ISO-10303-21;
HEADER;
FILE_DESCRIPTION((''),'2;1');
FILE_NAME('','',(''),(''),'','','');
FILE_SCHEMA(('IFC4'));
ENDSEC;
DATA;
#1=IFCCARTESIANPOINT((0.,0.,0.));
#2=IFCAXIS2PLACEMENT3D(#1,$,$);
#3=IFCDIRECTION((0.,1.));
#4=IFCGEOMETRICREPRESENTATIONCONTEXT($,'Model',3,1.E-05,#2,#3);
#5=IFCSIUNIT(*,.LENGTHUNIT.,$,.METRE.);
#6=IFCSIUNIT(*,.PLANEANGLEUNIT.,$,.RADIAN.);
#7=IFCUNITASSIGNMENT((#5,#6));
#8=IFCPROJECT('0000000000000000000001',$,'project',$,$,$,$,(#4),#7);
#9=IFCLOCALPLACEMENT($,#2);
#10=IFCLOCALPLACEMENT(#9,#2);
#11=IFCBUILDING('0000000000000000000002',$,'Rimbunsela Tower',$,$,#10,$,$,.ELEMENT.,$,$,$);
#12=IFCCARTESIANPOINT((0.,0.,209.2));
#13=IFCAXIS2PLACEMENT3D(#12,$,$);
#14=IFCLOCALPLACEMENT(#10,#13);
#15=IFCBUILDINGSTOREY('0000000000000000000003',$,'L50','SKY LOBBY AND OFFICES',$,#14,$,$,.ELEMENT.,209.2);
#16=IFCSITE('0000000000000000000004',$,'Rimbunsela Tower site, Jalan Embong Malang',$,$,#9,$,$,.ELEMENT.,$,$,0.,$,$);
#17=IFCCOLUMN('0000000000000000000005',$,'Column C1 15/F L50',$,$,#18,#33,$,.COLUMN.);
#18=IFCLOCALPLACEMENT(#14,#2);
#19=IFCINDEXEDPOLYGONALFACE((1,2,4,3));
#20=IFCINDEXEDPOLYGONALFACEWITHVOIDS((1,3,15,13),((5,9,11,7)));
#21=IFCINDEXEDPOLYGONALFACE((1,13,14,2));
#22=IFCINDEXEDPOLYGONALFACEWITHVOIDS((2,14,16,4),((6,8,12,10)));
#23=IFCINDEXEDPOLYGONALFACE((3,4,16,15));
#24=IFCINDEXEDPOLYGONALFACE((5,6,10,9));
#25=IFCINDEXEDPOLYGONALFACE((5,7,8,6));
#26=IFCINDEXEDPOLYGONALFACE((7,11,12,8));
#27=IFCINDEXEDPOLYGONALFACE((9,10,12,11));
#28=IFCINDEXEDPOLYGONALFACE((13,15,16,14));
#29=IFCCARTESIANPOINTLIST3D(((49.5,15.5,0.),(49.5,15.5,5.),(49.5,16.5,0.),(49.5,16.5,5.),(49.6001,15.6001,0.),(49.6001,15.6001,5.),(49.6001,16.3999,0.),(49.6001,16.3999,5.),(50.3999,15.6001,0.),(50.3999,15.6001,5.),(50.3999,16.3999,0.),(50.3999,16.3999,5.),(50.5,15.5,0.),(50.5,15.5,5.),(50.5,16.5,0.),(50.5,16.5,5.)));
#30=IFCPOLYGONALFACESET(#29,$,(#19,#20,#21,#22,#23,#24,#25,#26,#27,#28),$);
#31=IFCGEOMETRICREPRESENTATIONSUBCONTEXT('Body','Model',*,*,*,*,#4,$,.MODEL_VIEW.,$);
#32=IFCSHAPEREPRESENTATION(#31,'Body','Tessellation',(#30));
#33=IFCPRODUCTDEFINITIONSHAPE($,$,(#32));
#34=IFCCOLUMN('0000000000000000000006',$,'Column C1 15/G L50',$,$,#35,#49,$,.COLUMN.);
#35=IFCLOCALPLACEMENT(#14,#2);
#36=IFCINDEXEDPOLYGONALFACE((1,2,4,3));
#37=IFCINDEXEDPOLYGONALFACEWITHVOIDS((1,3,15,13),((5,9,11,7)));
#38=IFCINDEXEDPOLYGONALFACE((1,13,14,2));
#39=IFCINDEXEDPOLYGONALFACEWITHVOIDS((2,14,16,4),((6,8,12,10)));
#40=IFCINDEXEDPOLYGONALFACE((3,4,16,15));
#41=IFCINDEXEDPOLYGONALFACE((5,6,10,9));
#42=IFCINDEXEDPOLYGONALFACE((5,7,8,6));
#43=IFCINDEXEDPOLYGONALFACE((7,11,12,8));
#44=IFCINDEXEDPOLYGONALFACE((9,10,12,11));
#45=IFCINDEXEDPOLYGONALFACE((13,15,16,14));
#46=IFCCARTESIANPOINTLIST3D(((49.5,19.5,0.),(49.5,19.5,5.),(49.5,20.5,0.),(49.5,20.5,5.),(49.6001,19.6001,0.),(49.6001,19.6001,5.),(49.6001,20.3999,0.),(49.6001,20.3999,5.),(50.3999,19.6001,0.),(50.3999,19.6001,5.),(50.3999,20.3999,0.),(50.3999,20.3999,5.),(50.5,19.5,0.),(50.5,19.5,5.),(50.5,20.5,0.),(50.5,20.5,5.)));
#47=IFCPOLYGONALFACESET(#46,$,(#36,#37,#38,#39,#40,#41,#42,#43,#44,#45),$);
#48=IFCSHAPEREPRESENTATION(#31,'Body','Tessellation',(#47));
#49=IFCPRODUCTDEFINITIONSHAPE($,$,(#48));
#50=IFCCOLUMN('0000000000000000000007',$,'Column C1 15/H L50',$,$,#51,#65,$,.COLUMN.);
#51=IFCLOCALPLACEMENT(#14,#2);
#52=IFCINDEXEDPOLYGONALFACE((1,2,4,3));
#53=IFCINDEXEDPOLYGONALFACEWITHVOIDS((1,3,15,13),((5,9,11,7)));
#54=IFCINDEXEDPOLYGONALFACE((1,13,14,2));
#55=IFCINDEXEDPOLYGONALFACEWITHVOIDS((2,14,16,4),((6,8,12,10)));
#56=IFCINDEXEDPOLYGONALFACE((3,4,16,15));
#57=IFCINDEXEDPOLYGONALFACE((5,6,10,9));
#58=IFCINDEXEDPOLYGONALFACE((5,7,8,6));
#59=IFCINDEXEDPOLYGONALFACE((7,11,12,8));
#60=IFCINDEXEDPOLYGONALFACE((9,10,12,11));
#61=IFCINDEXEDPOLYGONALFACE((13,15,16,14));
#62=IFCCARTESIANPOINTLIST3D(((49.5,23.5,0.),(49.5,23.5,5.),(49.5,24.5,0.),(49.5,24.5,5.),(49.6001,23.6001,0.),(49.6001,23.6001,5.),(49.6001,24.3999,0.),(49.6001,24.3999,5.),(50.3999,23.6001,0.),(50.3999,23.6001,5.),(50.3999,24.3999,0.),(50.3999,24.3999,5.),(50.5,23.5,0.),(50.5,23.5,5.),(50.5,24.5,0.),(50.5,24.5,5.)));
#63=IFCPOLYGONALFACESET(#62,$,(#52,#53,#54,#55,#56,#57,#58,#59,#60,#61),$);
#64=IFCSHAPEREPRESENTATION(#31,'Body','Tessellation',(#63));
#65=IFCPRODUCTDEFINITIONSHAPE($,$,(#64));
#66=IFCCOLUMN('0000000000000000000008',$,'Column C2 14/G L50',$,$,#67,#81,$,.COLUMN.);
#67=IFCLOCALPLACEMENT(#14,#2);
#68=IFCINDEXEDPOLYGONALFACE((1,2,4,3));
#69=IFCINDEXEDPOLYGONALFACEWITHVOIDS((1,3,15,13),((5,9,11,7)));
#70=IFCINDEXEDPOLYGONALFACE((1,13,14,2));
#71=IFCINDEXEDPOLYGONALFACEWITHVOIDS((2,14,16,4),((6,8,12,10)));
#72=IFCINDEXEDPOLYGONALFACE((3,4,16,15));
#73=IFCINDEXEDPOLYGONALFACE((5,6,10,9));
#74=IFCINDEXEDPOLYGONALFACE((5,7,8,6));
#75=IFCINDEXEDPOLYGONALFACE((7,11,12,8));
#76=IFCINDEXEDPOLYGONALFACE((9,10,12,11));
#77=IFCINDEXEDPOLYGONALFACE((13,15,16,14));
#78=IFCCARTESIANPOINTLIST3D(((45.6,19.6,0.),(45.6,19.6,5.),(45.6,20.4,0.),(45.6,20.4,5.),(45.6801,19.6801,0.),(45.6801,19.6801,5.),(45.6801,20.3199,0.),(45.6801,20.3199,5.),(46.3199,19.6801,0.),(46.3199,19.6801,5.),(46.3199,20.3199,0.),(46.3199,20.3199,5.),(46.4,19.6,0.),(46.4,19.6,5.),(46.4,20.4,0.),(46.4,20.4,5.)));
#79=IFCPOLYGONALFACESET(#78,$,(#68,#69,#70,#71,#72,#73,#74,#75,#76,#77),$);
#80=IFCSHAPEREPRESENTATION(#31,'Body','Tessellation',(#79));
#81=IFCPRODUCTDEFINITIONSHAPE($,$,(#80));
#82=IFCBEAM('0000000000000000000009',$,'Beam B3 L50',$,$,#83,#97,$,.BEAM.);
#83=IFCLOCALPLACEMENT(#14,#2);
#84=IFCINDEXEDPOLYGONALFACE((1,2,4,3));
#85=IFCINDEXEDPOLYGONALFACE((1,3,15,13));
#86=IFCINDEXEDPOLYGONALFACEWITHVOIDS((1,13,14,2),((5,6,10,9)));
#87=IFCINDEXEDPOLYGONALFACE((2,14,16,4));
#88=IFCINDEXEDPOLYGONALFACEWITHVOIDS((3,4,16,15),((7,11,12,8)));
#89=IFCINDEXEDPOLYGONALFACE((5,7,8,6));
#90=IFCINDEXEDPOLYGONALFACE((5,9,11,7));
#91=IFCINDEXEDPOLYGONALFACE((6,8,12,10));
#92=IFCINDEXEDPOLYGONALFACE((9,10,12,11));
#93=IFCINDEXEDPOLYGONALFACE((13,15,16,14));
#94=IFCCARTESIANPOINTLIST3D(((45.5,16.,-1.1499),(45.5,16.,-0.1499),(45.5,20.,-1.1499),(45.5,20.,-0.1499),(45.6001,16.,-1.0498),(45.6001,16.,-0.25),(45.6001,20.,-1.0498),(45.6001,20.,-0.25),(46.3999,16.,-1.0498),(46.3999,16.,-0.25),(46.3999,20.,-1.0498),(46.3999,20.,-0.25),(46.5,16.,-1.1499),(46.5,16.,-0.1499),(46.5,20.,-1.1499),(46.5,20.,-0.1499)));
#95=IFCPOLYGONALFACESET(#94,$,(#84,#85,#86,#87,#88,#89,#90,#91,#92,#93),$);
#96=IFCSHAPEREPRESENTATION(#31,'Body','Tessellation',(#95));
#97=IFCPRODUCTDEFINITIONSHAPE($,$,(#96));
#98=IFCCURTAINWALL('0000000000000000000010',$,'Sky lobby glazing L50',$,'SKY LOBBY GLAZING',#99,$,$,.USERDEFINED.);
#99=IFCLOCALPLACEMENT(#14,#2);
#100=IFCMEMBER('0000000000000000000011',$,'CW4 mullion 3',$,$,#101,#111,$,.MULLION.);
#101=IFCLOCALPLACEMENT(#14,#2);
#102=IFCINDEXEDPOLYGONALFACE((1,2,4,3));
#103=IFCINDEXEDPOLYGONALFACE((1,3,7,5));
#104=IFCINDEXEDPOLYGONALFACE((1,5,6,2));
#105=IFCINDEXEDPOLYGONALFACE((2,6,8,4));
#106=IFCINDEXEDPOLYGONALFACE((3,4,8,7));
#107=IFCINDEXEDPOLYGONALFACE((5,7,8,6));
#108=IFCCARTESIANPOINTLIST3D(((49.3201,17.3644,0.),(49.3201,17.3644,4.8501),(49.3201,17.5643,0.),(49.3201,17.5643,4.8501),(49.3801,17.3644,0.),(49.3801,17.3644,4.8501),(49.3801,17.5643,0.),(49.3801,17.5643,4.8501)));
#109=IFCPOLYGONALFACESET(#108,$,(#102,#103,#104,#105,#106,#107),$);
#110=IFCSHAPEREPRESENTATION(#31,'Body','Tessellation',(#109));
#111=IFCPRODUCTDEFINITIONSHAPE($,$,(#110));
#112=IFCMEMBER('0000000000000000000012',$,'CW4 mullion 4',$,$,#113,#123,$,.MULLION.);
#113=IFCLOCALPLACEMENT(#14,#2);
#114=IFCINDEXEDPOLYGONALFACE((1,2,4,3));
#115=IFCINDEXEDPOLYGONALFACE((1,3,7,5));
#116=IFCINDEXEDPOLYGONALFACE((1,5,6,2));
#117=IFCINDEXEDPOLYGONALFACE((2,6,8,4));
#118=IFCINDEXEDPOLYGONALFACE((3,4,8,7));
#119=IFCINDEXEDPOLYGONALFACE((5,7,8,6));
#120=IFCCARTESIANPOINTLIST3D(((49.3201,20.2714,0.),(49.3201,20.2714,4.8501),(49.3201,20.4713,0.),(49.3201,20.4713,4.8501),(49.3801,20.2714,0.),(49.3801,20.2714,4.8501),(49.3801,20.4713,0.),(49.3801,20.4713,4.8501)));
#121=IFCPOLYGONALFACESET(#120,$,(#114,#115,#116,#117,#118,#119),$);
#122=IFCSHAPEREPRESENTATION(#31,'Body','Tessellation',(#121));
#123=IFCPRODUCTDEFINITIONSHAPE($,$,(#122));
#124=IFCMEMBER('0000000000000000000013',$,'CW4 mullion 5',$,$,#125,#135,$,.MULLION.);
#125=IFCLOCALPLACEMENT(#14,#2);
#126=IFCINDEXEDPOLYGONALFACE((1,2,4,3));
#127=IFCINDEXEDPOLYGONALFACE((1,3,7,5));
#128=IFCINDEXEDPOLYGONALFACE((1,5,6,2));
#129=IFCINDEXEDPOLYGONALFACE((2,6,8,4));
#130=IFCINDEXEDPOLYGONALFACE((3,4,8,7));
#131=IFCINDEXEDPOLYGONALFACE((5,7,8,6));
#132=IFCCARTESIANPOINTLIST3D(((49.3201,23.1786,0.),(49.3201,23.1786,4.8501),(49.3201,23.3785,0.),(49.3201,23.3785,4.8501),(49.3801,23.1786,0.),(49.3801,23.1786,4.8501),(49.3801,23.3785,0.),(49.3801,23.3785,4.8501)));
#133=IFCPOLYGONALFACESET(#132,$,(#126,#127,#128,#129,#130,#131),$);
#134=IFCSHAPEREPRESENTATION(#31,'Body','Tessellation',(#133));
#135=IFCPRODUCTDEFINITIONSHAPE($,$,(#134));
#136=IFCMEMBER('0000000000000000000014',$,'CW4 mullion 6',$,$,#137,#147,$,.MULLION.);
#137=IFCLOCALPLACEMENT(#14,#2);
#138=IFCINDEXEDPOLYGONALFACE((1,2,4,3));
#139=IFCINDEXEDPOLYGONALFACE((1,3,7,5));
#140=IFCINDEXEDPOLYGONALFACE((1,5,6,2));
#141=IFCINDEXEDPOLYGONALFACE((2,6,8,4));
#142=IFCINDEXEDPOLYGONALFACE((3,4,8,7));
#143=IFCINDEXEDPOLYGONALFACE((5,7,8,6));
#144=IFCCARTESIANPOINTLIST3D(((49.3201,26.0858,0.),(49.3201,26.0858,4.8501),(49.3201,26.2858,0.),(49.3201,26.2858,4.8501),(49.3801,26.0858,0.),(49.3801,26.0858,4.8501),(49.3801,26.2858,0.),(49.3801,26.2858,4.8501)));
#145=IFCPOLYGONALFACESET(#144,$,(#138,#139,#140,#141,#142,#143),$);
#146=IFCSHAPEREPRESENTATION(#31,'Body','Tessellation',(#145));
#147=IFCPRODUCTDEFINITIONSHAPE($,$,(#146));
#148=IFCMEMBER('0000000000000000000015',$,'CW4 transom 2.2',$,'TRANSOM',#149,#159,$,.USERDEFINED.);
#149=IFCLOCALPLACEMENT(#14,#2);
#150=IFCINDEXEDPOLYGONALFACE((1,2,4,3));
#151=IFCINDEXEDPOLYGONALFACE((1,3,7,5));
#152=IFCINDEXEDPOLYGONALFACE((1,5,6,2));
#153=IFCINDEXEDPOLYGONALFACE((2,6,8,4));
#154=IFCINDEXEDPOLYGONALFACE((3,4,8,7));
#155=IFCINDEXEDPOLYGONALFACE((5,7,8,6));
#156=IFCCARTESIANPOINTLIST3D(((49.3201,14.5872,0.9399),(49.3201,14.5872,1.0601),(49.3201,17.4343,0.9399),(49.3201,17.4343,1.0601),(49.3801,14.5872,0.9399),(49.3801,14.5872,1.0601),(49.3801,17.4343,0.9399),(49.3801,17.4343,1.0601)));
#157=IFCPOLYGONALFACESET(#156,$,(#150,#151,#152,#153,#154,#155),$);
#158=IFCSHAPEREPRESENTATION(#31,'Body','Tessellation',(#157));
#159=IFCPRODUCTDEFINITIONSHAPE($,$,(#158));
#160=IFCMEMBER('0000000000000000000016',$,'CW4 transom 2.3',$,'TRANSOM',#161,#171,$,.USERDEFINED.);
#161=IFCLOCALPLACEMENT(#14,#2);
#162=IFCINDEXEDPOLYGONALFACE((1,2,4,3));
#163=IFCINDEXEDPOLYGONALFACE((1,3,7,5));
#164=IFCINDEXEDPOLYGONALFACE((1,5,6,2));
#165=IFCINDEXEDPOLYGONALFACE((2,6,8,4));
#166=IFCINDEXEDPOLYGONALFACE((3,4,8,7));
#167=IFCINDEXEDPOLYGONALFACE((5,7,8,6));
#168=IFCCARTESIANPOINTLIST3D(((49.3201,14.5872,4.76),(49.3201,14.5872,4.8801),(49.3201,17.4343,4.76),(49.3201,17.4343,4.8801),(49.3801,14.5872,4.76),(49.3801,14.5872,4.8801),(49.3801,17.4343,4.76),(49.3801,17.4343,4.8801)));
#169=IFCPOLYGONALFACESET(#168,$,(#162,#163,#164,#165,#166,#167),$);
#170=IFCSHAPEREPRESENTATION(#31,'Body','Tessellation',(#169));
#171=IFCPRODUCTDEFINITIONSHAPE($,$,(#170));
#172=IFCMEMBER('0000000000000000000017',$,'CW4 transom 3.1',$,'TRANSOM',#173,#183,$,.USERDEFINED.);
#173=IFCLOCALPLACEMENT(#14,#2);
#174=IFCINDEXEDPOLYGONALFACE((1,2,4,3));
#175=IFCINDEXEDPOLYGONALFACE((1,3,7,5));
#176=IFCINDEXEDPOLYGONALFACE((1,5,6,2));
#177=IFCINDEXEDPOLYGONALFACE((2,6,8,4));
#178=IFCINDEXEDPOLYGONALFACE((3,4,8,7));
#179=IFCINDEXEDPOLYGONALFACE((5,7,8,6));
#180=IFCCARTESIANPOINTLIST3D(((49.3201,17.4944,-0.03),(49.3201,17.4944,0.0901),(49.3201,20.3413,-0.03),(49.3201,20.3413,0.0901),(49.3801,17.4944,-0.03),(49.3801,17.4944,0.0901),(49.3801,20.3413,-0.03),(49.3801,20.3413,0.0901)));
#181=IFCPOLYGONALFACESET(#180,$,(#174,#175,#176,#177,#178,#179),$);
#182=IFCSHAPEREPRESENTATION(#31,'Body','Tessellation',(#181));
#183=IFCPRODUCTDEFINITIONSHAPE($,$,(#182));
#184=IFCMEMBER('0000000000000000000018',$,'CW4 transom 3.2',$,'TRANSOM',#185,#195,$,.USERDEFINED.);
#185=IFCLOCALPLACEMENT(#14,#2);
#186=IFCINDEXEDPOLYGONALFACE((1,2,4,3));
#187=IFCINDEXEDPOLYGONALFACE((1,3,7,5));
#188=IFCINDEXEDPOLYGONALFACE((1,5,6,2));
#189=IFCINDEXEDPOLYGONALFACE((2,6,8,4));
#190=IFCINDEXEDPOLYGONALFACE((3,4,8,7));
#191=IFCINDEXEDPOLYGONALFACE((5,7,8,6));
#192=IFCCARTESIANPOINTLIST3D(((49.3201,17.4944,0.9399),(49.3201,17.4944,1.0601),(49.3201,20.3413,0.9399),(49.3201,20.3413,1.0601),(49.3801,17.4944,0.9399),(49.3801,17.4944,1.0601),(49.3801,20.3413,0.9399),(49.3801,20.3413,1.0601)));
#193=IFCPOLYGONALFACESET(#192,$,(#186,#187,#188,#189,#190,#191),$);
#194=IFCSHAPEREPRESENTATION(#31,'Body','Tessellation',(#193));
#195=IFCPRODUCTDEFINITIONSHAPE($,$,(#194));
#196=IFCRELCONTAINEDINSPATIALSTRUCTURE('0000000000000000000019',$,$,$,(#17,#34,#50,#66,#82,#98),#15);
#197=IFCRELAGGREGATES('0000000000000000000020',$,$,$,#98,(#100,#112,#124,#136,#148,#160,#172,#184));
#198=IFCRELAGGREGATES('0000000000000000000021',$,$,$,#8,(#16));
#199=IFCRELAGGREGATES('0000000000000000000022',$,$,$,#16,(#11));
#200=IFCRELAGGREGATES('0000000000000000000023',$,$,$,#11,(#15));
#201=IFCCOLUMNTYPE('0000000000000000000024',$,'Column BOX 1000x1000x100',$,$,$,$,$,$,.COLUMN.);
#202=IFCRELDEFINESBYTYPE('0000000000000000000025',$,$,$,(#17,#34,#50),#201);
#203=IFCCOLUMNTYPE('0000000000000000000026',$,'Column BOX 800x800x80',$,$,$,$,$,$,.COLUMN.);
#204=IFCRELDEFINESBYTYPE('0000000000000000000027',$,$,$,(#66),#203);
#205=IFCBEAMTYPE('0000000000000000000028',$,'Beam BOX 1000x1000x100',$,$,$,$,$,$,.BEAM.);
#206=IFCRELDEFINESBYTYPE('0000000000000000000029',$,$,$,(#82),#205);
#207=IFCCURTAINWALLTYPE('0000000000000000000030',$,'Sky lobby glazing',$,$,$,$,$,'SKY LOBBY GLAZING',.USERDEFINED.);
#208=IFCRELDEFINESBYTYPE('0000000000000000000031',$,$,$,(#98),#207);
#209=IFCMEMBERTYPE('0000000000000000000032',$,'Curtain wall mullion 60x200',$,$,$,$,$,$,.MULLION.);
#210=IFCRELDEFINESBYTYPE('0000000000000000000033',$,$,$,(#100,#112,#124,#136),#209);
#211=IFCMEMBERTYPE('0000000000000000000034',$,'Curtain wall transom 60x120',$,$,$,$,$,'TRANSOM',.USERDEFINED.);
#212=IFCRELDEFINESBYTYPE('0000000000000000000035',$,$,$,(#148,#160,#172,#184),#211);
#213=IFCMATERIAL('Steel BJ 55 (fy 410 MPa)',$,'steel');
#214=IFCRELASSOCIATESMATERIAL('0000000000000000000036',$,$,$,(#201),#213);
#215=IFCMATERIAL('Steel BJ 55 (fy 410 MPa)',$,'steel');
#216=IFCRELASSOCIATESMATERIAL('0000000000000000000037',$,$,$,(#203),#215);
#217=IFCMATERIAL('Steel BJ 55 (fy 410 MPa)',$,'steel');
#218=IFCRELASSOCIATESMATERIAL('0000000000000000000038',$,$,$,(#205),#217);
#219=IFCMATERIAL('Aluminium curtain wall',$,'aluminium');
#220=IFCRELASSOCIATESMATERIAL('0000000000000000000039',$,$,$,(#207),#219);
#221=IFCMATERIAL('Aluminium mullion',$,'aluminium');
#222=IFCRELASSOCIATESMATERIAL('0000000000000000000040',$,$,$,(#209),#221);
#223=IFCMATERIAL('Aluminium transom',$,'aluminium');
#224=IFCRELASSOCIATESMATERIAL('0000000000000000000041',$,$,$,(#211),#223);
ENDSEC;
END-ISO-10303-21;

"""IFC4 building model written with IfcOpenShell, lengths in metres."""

from ifc_helpers import new_model, si_unit, direction, frame, origin, origin_2d, place, context, subcontext, project, spatial, rectangle, hollow_rectangle, extrude, material, material_profile, profile_set, type_object, element, aggregate, save


model = new_model("IFC4")

# Units and contexts
model_context = context("Model", 3, precision=1e-05, world=origin(), true_north=direction((0.0, 1.0)))
body_context = subcontext(model_context, "Body", "Model", "MODEL_VIEW")
ifc_project = project(units=[si_unit("LENGTHUNIT", "METRE"), si_unit("PLANEANGLEUNIT", "RADIAN")], contexts=[model_context])

# Site, building, storey
site_placement = place(None, origin())
site = spatial("IfcSite", under=ifc_project, at=site_placement, Name="Rimbunsela Tower site, Jalan Embong Malang", CompositionType="ELEMENT", RefElevation=0.0)
building_placement = place(site_placement, origin())
building = spatial("IfcBuilding", under=site, at=building_placement, Name="Rimbunsela Tower", CompositionType="ELEMENT")
storey_placement = place(building_placement, frame((0.0, 0.0, 209.2)))
storey = spatial("IfcBuildingStorey", under=building, at=storey_placement, Name="L50", Description="SKY LOBBY AND OFFICES", CompositionType="ELEMENT", Elevation=209.2)

# Columns
ifc_material_1 = material(Name="Steel BJ 55 (fy 410 MPa)", Category="steel")
ifc_material_profile_1 = material_profile(ifc_material_1, hollow_rectangle(XDim=1.0, YDim=1.0, WallThickness=0.1001, at=origin_2d()), Name="BOX 1000x1000x100")
ifc_profile_set_1 = profile_set([ifc_material_profile_1], Name="Steel BJ 55 (fy 410 MPa)")
column_type_1 = type_object("IfcColumnType", Name="Column BOX 1000x1000x100", PredefinedType="COLUMN", material=ifc_profile_set_1)
for number, where, z_axis, x_axis, name in (
    (1, (50.0, 16.0, 0.0), (0.0, 0.0, 1.0), (1.0, 0.0, 0.0), "Column C1 15/F L50"),
    (2, (50.0, 20.0, 0.0), (0.0, 0.0, 1.0), (1.0, 0.0, 0.0), "Column C1 15/G L50"),
    (3, (50.0, 24.0, 0.0), (0.0, 0.0, 1.0), (1.0, 0.0, 0.0), "Column C1 15/H L50"),
):
    element("IfcColumn", number, at=place(storey_placement, frame(where, z_axis=z_axis, x_axis=x_axis)), inside=storey, type_object=column_type_1, Name=name, PredefinedType="COLUMN", context=body_context, shape_type="SweptSolid", body=[
        extrude(hollow_rectangle(XDim=1.0, YDim=1.0, WallThickness=0.1001, at=origin_2d()), origin(), (0.0, 0.0, 1.0), 5.0),
    ])
ifc_material_2 = material(Name="Steel BJ 55 (fy 410 MPa)", Category="steel")
ifc_material_profile_2 = material_profile(ifc_material_2, hollow_rectangle(XDim=0.8, YDim=0.8, WallThickness=0.0801, at=origin_2d()), Name="BOX 800x800x80")
ifc_profile_set_2 = profile_set([ifc_material_profile_2], Name="Steel BJ 55 (fy 410 MPa)")
column_type_2 = type_object("IfcColumnType", Name="Column BOX 800x800x80", PredefinedType="COLUMN", material=ifc_profile_set_2)
column_placement = place(storey_placement, frame((46.0, 20.0, 0.0), z_axis=(0.0, 0.0, 1.0), x_axis=(1.0, 0.0, 0.0)))
element("IfcColumn", 4, at=column_placement, inside=storey, type_object=column_type_2, Name="Column C2 14/G L50", PredefinedType="COLUMN", context=body_context, shape_type="SweptSolid", body=[
    extrude(hollow_rectangle(XDim=0.8, YDim=0.8, WallThickness=0.0801, at=origin_2d()), origin(), (0.0, 0.0, 1.0), 5.0),
])

# Beam
ifc_material_3 = material(Name="Steel BJ 55 (fy 410 MPa)", Category="steel")
ifc_material_profile_3 = material_profile(ifc_material_3, hollow_rectangle(XDim=1.0, YDim=1.0, WallThickness=0.1001, at=origin_2d()), Name="BOX 1000x1000x100")
ifc_profile_set_3 = profile_set([ifc_material_profile_3], Name="Steel BJ 55 (fy 410 MPa)")
beam_type = type_object("IfcBeamType", Name="Beam BOX 1000x1000x100", PredefinedType="BEAM", material=ifc_profile_set_3)
beam_placement = place(storey_placement, frame((46.0, 16.0, -0.6499), z_axis=(0.0, 1.0, 0.0), x_axis=(-1.0, 0.0, 0.0)))
element("IfcBeam", 5, at=beam_placement, inside=storey, type_object=beam_type, Name="Beam B3 L50", PredefinedType="BEAM", context=body_context, shape_type="SweptSolid", body=[
    extrude(hollow_rectangle(XDim=1.0, YDim=1.0, WallThickness=0.1001, at=origin_2d()), origin(), (0.0, 0.0, 1.0), 4.0),
])

# Curtain wall, members
ifc_material_4 = material(Name="Aluminium curtain wall", Category="aluminium")
curtain_wall_type = type_object("IfcCurtainWallType", Name="Sky lobby glazing", ElementType="SKY LOBBY GLAZING", PredefinedType="USERDEFINED", material=ifc_material_4)
curtain_wall_placement = place(storey_placement, origin())
curtain_wall = element("IfcCurtainWall", 6, at=curtain_wall_placement, inside=storey, type_object=curtain_wall_type, Name="Sky lobby glazing L50", ObjectType="SKY LOBBY GLAZING", PredefinedType="USERDEFINED")
ifc_material_5 = material(Name="Aluminium mullion", Category="aluminium")
ifc_material_profile_4 = material_profile(ifc_material_5, rectangle(XDim=0.0601, YDim=0.2, at=origin_2d()), Name="Mullion 60x200")
ifc_profile_set_4 = profile_set([ifc_material_profile_4], Name="Aluminium mullion")
member_type_1 = type_object("IfcMemberType", Name="Curtain wall mullion 60x200", PredefinedType="MULLION", material=ifc_profile_set_4)
member_1_placement = place(storey_placement, frame((49.3501, 17.4644, 0.0), z_axis=(0.0, 0.0, 1.0), x_axis=(-1.0, 0.0, 0.0)))
member_1 = element("IfcMember", 7, at=member_1_placement, type_object=member_type_1, Name="CW4 mullion 3", PredefinedType="MULLION", context=body_context, shape_type="SweptSolid", body=[
    extrude(rectangle(XDim=0.0601, YDim=0.2, at=origin_2d()), origin(), (0.0, 0.0, 1.0), 4.8501),
])
member_2_placement = place(storey_placement, frame((49.3501, 20.3713, 0.0), z_axis=(0.0, 0.0, 1.0), x_axis=(-1.0, 0.0, 0.0)))
member_2 = element("IfcMember", 8, at=member_2_placement, type_object=member_type_1, Name="CW4 mullion 4", PredefinedType="MULLION", context=body_context, shape_type="SweptSolid", body=[
    extrude(rectangle(XDim=0.0601, YDim=0.2, at=origin_2d()), origin(), (0.0, 0.0, 1.0), 4.8501),
])
member_3_placement = place(storey_placement, frame((49.3501, 23.2786, 0.0), z_axis=(0.0, 0.0, 1.0), x_axis=(-1.0, 0.0, 0.0)))
member_3 = element("IfcMember", 9, at=member_3_placement, type_object=member_type_1, Name="CW4 mullion 5", PredefinedType="MULLION", context=body_context, shape_type="SweptSolid", body=[
    extrude(rectangle(XDim=0.0601, YDim=0.2, at=origin_2d()), origin(), (0.0, 0.0, 1.0), 4.8501),
])
member_4_placement = place(storey_placement, frame((49.3501, 26.1858, 0.0), z_axis=(0.0, 0.0, 1.0), x_axis=(-1.0, 0.0, 0.0)))
member_4 = element("IfcMember", 10, at=member_4_placement, type_object=member_type_1, Name="CW4 mullion 6", PredefinedType="MULLION", context=body_context, shape_type="SweptSolid", body=[
    extrude(rectangle(XDim=0.0601, YDim=0.2, at=origin_2d()), origin(), (0.0, 0.0, 1.0), 4.8501),
])
ifc_material_6 = material(Name="Aluminium transom", Category="aluminium")
ifc_material_profile_5 = material_profile(ifc_material_6, rectangle(XDim=0.0601, YDim=0.1201, at=origin_2d()), Name="Transom 60x120")
ifc_profile_set_5 = profile_set([ifc_material_profile_5], Name="Aluminium transom")
member_type_2 = type_object("IfcMemberType", Name="Curtain wall transom 60x120", ElementType="TRANSOM", PredefinedType="USERDEFINED", material=ifc_profile_set_5)
member_5_placement = place(storey_placement, frame((49.3501, 14.5872, 1.0), z_axis=(0.0, 1.0, 0.0), x_axis=(-1.0, 0.0, 0.0)))
member_5 = element("IfcMember", 11, at=member_5_placement, type_object=member_type_2, Name="CW4 transom 2.2", ObjectType="TRANSOM", PredefinedType="USERDEFINED", context=body_context, shape_type="SweptSolid", body=[
    extrude(rectangle(XDim=0.0601, YDim=0.1201, at=origin_2d()), origin(), (0.0, 0.0, 1.0), 2.8472),
])
member_6_placement = place(storey_placement, frame((49.3501, 14.5872, 4.8201), z_axis=(0.0, 1.0, 0.0), x_axis=(-1.0, 0.0, 0.0)))
member_6 = element("IfcMember", 12, at=member_6_placement, type_object=member_type_2, Name="CW4 transom 2.3", ObjectType="TRANSOM", PredefinedType="USERDEFINED", context=body_context, shape_type="SweptSolid", body=[
    extrude(rectangle(XDim=0.0601, YDim=0.1201, at=origin_2d()), origin(), (0.0, 0.0, 1.0), 2.8472),
])
member_7_placement = place(storey_placement, frame((49.3501, 17.4944, 0.03), z_axis=(0.0, 1.0, 0.0), x_axis=(-1.0, 0.0, 0.0)))
member_7 = element("IfcMember", 13, at=member_7_placement, type_object=member_type_2, Name="CW4 transom 3.1", ObjectType="TRANSOM", PredefinedType="USERDEFINED", context=body_context, shape_type="SweptSolid", body=[
    extrude(rectangle(XDim=0.0601, YDim=0.1201, at=origin_2d()), origin(), (0.0, 0.0, 1.0), 2.8469),
])
member_8_placement = place(storey_placement, frame((49.3501, 17.4944, 1.0), z_axis=(0.0, 1.0, 0.0), x_axis=(-1.0, 0.0, 0.0)))
member_8 = element("IfcMember", 14, at=member_8_placement, type_object=member_type_2, Name="CW4 transom 3.2", ObjectType="TRANSOM", PredefinedType="USERDEFINED", context=body_context, shape_type="SweptSolid", body=[
    extrude(rectangle(XDim=0.0601, YDim=0.1201, at=origin_2d()), origin(), (0.0, 0.0, 1.0), 2.8469),
])
aggregate(curtain_wall, [member_1, member_2, member_3, member_4, member_5, member_6, member_7, member_8])

save(model, "model.ifc")
